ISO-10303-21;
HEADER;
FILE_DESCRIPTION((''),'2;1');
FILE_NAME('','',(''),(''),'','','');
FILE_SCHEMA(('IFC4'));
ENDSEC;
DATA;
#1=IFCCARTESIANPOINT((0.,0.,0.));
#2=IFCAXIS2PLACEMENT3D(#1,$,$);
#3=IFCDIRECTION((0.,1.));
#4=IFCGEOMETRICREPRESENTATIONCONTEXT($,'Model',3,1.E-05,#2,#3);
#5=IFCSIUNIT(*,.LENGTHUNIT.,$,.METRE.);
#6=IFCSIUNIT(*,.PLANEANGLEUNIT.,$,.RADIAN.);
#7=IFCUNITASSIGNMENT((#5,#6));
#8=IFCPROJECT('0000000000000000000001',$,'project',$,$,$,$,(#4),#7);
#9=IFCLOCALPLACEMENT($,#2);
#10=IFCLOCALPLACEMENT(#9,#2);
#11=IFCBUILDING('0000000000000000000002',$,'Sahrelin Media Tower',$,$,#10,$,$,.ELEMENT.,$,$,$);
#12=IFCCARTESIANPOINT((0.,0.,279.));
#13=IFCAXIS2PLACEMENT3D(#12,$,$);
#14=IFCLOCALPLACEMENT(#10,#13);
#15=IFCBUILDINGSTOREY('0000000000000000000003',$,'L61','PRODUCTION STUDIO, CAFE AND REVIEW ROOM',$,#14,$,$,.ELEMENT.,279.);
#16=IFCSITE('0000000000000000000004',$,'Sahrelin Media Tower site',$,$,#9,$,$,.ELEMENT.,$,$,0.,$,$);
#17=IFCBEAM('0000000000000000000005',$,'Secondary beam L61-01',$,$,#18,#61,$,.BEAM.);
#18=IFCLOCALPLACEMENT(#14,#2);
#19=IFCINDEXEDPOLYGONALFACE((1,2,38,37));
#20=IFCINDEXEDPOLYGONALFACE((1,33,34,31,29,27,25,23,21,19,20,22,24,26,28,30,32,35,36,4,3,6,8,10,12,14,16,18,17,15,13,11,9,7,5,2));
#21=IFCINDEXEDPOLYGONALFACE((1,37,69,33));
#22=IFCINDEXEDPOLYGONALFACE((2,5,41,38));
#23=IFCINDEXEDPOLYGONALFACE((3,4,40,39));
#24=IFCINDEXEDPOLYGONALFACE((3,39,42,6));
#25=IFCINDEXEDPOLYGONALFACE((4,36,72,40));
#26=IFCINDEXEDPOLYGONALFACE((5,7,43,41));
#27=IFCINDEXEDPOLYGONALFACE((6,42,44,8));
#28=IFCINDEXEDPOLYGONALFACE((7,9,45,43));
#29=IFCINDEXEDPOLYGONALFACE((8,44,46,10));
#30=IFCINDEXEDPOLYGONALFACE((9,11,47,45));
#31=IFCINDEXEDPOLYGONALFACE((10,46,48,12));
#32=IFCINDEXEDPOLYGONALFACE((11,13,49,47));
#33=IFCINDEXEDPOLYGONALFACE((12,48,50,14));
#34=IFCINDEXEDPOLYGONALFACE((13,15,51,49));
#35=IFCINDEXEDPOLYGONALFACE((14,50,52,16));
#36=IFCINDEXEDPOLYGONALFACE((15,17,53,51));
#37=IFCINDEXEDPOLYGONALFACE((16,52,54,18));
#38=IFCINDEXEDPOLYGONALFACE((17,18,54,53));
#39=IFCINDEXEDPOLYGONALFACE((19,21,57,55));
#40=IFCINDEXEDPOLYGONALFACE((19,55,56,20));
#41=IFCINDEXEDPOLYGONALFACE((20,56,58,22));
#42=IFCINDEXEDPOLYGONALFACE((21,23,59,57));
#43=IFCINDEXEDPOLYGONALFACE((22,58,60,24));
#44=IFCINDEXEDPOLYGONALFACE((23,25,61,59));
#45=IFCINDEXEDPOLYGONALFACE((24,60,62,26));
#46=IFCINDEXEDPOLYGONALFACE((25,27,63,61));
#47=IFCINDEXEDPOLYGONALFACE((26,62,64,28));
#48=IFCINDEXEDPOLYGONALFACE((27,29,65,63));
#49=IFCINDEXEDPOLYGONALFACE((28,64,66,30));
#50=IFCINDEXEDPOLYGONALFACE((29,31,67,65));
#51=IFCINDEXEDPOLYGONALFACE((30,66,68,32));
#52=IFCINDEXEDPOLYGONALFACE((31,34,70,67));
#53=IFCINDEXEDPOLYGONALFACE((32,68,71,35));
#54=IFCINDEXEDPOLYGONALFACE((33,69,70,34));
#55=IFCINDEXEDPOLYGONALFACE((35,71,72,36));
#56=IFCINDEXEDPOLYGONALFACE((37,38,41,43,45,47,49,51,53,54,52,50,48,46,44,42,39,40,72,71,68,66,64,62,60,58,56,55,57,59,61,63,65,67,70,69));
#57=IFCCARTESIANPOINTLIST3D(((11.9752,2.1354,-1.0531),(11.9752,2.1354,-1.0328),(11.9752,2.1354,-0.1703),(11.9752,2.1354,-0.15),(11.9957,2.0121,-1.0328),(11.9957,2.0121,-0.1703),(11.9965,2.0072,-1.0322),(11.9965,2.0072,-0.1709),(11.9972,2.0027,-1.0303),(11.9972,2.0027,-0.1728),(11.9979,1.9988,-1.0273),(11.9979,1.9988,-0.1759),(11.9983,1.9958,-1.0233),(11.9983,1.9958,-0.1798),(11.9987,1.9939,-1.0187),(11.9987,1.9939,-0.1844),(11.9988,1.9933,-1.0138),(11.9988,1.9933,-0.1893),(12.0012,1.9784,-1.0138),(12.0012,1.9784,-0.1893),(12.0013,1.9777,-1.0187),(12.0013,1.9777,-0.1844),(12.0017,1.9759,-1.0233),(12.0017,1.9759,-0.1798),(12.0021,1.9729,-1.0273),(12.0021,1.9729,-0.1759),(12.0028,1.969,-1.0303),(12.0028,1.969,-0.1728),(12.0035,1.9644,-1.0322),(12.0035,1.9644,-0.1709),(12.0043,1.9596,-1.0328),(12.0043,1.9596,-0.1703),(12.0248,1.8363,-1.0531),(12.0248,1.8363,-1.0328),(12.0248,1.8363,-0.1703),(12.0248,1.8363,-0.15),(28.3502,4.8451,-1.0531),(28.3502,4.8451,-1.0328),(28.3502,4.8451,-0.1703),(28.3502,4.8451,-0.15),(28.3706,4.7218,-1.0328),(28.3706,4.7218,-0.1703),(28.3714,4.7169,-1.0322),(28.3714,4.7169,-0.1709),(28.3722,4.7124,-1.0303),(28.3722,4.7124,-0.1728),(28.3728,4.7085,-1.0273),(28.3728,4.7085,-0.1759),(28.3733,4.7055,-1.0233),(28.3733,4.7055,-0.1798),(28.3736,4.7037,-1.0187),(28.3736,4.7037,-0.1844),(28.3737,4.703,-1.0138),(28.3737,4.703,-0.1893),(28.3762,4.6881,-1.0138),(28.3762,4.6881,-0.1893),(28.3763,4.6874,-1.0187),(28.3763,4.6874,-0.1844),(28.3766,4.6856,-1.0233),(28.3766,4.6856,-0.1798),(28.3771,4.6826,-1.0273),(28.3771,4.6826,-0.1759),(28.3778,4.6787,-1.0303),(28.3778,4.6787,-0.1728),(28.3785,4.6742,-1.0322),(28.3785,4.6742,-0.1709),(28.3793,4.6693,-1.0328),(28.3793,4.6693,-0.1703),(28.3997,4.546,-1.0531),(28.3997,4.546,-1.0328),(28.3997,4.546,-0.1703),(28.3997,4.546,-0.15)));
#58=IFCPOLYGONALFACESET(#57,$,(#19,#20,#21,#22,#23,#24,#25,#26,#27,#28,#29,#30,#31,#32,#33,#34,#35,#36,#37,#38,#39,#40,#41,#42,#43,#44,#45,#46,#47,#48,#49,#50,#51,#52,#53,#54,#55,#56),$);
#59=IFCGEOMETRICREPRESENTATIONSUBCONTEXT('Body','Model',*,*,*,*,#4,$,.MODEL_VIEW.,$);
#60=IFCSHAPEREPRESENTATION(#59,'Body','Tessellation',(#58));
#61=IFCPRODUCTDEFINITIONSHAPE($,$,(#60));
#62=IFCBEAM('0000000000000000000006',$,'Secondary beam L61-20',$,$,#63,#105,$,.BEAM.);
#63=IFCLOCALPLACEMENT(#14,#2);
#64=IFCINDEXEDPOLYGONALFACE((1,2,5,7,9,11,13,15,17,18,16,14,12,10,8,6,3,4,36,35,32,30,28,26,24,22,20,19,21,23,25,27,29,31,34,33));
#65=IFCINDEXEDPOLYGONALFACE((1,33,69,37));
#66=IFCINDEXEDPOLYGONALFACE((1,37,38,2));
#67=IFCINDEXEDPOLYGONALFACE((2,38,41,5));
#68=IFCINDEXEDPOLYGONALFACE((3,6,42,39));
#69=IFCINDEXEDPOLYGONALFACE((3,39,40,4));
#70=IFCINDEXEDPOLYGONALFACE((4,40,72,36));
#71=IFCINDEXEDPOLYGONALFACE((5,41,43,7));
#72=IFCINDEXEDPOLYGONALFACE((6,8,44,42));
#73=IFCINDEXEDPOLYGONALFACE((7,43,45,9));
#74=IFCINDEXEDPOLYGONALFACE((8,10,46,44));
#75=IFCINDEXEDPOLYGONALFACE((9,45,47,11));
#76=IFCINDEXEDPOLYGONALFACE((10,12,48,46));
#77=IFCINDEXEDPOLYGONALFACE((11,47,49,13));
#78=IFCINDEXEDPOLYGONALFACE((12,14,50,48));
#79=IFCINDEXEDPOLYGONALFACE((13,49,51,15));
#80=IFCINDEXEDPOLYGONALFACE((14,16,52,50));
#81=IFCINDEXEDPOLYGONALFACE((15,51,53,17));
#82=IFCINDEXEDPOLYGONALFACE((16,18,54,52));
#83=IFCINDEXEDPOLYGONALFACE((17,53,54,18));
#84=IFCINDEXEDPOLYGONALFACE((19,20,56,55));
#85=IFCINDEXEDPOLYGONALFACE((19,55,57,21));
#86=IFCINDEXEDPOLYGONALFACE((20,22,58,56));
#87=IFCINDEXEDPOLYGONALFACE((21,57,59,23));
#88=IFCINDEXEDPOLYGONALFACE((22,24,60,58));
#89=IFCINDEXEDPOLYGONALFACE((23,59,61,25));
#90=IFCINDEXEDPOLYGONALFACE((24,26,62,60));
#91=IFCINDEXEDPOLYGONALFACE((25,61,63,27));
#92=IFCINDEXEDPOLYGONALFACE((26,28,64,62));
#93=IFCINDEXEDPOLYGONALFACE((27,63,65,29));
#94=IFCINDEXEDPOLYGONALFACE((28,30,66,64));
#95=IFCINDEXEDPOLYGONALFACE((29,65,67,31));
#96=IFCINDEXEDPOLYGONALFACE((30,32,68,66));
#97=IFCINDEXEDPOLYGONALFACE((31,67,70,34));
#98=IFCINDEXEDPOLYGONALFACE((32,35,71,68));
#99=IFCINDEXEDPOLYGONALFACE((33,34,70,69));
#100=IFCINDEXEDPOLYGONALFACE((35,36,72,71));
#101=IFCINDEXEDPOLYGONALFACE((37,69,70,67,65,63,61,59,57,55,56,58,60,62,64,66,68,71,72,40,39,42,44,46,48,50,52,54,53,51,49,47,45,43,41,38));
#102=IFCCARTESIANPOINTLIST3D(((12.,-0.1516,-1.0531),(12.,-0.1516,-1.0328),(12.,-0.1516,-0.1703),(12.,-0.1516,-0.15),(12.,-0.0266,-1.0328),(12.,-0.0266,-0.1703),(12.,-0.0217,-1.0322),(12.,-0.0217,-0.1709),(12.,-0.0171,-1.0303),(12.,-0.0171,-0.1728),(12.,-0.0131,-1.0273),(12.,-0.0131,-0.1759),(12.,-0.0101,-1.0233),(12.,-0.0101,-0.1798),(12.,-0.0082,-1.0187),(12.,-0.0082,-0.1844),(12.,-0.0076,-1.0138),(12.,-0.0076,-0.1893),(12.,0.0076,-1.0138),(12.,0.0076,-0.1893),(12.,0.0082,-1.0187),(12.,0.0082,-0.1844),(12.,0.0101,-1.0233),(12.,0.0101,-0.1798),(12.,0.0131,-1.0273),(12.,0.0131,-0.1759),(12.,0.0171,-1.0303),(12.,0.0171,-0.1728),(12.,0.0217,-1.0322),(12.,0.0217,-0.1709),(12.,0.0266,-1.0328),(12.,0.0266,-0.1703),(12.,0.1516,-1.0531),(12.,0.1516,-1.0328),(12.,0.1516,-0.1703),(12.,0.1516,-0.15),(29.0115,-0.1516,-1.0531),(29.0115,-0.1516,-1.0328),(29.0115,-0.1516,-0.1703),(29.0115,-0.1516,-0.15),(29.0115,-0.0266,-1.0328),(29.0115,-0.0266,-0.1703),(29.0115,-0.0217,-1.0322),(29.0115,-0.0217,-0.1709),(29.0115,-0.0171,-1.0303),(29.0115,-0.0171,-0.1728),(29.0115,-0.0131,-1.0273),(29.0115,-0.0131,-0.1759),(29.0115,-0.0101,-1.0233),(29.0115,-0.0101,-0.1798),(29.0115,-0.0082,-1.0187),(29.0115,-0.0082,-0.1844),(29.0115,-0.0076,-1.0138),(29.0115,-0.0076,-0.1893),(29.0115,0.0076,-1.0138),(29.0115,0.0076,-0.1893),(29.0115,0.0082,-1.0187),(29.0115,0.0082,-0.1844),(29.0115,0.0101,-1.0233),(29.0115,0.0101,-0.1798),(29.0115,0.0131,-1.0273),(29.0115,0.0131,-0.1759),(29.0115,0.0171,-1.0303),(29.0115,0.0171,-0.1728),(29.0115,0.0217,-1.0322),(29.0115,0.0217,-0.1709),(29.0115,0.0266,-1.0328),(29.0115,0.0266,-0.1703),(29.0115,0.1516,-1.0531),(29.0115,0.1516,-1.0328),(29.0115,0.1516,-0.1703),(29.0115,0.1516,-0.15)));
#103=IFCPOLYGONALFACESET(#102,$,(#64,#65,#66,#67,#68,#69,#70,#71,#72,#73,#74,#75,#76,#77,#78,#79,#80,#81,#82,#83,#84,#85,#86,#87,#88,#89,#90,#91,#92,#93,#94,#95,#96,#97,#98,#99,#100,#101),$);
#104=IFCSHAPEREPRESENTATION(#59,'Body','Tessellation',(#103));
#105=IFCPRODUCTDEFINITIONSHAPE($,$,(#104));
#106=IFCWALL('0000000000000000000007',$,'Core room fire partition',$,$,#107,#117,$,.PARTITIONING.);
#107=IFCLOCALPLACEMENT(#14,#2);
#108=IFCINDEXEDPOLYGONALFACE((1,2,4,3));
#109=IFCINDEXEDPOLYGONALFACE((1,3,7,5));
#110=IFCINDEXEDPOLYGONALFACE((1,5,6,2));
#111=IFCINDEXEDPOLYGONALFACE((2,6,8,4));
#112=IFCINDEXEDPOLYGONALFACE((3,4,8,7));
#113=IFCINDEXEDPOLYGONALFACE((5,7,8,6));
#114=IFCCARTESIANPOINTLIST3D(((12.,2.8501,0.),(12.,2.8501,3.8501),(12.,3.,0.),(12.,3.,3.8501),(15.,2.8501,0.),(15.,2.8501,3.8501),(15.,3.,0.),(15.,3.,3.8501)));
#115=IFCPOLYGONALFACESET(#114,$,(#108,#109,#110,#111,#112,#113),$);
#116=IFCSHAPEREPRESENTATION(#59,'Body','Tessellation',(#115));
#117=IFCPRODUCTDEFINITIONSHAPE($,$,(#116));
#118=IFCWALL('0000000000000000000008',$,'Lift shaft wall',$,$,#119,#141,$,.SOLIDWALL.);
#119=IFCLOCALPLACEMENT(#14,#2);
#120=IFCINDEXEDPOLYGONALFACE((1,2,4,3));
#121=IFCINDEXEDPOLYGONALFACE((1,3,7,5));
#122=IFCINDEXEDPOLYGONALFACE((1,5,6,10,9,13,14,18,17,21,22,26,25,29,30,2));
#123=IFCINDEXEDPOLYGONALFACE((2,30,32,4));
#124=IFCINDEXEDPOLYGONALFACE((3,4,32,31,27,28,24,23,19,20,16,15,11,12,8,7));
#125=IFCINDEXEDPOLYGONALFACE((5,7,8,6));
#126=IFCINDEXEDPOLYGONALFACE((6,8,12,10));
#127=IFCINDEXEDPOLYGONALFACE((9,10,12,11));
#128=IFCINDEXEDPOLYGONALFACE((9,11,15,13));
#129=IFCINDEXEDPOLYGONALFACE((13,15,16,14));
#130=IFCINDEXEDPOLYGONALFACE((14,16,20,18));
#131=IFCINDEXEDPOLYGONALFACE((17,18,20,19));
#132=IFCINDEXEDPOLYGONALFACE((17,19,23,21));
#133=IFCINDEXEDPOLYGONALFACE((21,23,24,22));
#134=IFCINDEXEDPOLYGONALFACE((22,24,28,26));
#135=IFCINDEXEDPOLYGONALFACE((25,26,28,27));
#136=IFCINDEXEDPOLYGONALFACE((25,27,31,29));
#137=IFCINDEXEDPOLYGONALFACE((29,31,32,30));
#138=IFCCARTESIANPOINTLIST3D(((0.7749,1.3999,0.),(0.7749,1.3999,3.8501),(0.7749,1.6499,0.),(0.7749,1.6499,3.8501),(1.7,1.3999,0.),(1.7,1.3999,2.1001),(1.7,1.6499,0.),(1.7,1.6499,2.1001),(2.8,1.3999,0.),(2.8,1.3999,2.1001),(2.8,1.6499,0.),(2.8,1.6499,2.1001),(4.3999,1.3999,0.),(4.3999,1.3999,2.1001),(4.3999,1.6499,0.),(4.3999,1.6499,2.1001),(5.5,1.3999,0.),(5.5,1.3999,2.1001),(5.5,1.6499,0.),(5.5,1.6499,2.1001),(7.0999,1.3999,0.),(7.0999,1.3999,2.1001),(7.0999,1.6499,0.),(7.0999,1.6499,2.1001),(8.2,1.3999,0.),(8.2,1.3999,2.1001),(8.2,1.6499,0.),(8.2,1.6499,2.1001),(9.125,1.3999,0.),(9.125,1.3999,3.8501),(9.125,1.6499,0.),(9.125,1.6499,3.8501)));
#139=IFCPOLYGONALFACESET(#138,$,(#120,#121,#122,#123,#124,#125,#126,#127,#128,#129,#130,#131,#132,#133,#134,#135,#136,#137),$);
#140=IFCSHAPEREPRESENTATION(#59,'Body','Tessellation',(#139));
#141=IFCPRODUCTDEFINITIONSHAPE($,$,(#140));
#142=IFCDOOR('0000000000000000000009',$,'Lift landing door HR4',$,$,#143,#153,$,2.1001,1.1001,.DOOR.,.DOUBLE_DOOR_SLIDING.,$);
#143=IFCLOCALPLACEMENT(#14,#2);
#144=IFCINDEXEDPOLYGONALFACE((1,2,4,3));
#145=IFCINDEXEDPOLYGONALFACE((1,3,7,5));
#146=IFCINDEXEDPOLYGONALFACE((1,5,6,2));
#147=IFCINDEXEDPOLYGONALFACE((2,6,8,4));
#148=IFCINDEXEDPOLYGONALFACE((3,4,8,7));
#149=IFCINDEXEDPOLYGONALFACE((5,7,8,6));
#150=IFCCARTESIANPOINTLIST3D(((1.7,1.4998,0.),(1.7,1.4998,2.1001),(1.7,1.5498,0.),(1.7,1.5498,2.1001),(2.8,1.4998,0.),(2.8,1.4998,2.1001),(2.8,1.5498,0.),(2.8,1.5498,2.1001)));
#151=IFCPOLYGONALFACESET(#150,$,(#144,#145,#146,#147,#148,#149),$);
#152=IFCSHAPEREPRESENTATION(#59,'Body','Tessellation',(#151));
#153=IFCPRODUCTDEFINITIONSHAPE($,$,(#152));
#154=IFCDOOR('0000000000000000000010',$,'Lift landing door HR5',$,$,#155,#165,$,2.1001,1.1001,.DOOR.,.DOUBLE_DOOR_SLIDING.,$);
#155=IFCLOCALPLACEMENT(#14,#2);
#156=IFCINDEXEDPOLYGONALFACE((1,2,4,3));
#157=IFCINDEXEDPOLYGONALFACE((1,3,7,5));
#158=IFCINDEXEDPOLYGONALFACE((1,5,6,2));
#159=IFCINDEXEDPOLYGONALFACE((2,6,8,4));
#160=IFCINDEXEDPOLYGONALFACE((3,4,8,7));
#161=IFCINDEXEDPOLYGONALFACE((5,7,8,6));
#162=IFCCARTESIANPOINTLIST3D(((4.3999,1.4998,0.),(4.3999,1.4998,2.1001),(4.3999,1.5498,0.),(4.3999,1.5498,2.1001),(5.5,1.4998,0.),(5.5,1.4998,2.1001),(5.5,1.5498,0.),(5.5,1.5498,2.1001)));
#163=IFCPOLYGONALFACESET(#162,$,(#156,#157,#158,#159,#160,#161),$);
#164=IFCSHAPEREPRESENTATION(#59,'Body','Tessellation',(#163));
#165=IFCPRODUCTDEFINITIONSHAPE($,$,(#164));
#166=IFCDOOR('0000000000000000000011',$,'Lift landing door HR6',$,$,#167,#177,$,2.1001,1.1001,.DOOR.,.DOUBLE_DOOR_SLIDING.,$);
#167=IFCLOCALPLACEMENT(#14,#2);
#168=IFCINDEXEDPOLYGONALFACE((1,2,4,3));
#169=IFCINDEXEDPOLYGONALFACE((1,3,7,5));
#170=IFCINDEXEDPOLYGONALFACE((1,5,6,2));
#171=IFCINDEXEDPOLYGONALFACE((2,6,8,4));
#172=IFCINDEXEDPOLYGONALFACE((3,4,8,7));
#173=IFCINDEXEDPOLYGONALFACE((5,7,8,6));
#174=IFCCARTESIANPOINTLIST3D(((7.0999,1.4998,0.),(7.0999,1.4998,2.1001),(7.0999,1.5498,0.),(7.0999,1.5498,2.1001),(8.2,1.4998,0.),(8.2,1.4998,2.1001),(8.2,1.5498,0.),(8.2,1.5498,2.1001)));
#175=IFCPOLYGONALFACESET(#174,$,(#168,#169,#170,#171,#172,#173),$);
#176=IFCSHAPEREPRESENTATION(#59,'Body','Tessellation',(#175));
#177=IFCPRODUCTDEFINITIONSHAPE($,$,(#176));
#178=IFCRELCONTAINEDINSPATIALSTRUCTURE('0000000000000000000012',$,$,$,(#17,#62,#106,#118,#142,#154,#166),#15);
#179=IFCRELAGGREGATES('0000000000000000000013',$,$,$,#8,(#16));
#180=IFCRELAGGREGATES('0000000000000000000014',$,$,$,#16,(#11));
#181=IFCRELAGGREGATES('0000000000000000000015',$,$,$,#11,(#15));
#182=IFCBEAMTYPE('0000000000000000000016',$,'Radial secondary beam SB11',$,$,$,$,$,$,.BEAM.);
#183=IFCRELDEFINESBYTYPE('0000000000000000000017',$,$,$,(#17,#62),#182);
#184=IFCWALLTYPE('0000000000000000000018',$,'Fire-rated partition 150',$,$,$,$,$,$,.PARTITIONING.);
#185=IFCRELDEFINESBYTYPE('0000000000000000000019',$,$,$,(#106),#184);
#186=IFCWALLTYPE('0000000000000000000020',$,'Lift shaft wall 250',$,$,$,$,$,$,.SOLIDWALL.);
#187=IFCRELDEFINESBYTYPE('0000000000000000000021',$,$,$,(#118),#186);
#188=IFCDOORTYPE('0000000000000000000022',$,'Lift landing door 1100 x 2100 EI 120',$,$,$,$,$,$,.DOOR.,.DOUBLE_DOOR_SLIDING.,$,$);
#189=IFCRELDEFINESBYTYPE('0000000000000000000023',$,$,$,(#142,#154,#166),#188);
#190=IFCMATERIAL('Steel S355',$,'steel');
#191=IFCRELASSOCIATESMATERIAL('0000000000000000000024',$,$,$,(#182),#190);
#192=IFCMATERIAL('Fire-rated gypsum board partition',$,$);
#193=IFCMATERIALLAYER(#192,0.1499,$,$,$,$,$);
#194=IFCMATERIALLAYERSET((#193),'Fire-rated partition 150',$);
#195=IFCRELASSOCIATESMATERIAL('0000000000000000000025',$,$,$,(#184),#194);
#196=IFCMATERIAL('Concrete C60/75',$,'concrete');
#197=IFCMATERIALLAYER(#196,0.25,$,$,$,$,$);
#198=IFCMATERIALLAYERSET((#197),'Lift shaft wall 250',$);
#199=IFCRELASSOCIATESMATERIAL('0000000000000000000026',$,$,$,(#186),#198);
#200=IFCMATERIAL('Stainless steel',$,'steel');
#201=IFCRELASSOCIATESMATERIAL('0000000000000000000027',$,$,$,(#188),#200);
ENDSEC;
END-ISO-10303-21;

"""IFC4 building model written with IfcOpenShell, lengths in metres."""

from ifc_helpers import new_model, si_unit, direction, frame, frame_2d, origin, origin_2d, place, context, subcontext, project, spatial, rectangle, i_section, extrude, material, layer, layer_set, material_profile, profile_set, type_object, element, fill, save


model = new_model("IFC4")

# Units and contexts
model_context = context("Model", 3, precision=1e-05, world=origin(), true_north=direction((0.0, 1.0)))
body_context = subcontext(model_context, "Body", "Model", "MODEL_VIEW")
ifc_project = project(units=[si_unit("LENGTHUNIT", "METRE"), si_unit("PLANEANGLEUNIT", "RADIAN")], contexts=[model_context])

# Site, building, storey
site_placement = place(None, origin())
site = spatial("IfcSite", under=ifc_project, at=site_placement, Name="Sahrelin Media Tower site", CompositionType="ELEMENT", RefElevation=0.0)
building_placement = place(site_placement, origin())
building = spatial("IfcBuilding", under=site, at=building_placement, Name="Sahrelin Media Tower", CompositionType="ELEMENT")
storey_placement = place(building_placement, frame((0.0, 0.0, 279.0)))
storey = spatial("IfcBuildingStorey", under=building, at=storey_placement, Name="L61", Description="PRODUCTION STUDIO, CAFE AND REVIEW ROOM", CompositionType="ELEMENT", Elevation=279.0)

# Beams
ifc_material_1 = material(Name="Steel S355", Category="steel")
ifc_material_profile_1 = material_profile(ifc_material_1, i_section(OverallWidth=0.3032, OverallDepth=0.9031, WebThickness=0.0151, FlangeThickness=0.0203, FilletRadius=0.019, at=origin_2d()), Name="UB 914x305x201")
ifc_profile_set_1 = profile_set([ifc_material_profile_1], Name="Steel S355")
beam_type_1 = type_object("IfcBeamType", Name="Radial secondary beam SB11", PredefinedType="BEAM", material=ifc_profile_set_1)
beam_1_placement = place(storey_placement, frame((12.0, 1.9858, -0.6016), z_axis=(0.986583, 0.163259, 0.0), x_axis=(-0.163259, 0.986583, 0.0)))
element("IfcBeam", 1, at=beam_1_placement, inside=storey, type_object=beam_type_1, Name="Secondary beam L61-01", PredefinedType="BEAM", context=body_context, shape_type="SweptSolid", body=[
    extrude(i_section(OverallWidth=0.3032, OverallDepth=0.9031, WebThickness=0.0151, FlangeThickness=0.0203, FilletRadius=0.019, at=origin_2d()), origin(), (0.0, 0.0, 1.0), 16.5977),
])
beam_2_placement = place(storey_placement, frame((12.0, 0.0, -0.6016), z_axis=(1.0, 0.0, 0.0), x_axis=(0.0, 1.0, 0.0)))
element("IfcBeam", 2, at=beam_2_placement, inside=storey, type_object=beam_type_1, Name="Secondary beam L61-20", PredefinedType="BEAM", context=body_context, shape_type="SweptSolid", body=[
    extrude(i_section(OverallWidth=0.3032, OverallDepth=0.9031, WebThickness=0.0151, FlangeThickness=0.0203, FilletRadius=0.019, at=origin_2d()), origin(), (0.0, 0.0, 1.0), 17.0115),
])

# Wall
ifc_material_2 = material(Name="Fire-rated gypsum board partition")
ifc_layer_1 = layer(ifc_material_2, 0.1499)
ifc_layer_set_1 = layer_set([ifc_layer_1], Name="Fire-rated partition 150")
wall_type_1 = type_object("IfcWallType", Name="Fire-rated partition 150", PredefinedType="PARTITIONING", material=ifc_layer_set_1)
wall_1_placement = place(storey_placement, frame((12.0, 2.925, 0.0), z_axis=(0.0, 0.0, 1.0), x_axis=(1.0, 0.0, 0.0)))
element("IfcWall", 3, at=wall_1_placement, inside=storey, type_object=wall_type_1, Name="Core room fire partition", PredefinedType="PARTITIONING", context=body_context, shape_type="SweptSolid", body=[
    extrude(rectangle(XDim=3.0, YDim=0.1499, at=frame_2d((1.5, 0.0))), origin(), (0.0, 0.0, 1.0), 3.8501),
])

# Wall, openings, doors
ifc_material_3 = material(Name="Concrete C60/75", Category="concrete")
ifc_layer_2 = layer(ifc_material_3, 0.25)
ifc_layer_set_2 = layer_set([ifc_layer_2], Name="Lift shaft wall 250")
wall_type_2 = type_object("IfcWallType", Name="Lift shaft wall 250", PredefinedType="SOLIDWALL", material=ifc_layer_set_2)
wall_2_placement = place(storey_placement, frame((0.7749, 1.5249, 0.0), z_axis=(0.0, 0.0, 1.0), x_axis=(1.0, 0.0, 0.0)))
wall_2 = element("IfcWall", 4, at=wall_2_placement, inside=storey, type_object=wall_type_2, Name="Lift shaft wall", PredefinedType="SOLIDWALL", context=body_context, shape_type="SweptSolid", body=[
    extrude(rectangle(XDim=8.3501, YDim=0.25, at=frame_2d((4.175, 0.0))), origin(), (0.0, 0.0, 1.0), 3.8501),
])
opening_1_placement = place(wall_2_placement, frame((0.925, 0.0, 0.0)))
opening_1 = element("IfcOpeningElement", 5, at=opening_1_placement, cuts=wall_2, PredefinedType="OPENING", context=body_context, shape_type="SweptSolid", body=[
    extrude(rectangle(XDim=1.1001, YDim=2.1001, at=frame_2d((0.55, 1.05))), frame((0.0, 0.125, 0.0), z_axis=(0.0, -1.0, 0.0), x_axis=(1.0, 0.0, 0.0)), (0.0, 0.0, 1.0), 0.25),
])
opening_2_placement = place(wall_2_placement, frame((3.625, 0.0, 0.0)))
opening_2 = element("IfcOpeningElement", 6, at=opening_2_placement, cuts=wall_2, PredefinedType="OPENING", context=body_context, shape_type="SweptSolid", body=[
    extrude(rectangle(XDim=1.1001, YDim=2.1001, at=frame_2d((0.55, 1.05))), frame((0.0, 0.125, 0.0), z_axis=(0.0, -1.0, 0.0), x_axis=(1.0, 0.0, 0.0)), (0.0, 0.0, 1.0), 0.25),
])
opening_3_placement = place(wall_2_placement, frame((6.325, 0.0, 0.0)))
opening_3 = element("IfcOpeningElement", 7, at=opening_3_placement, cuts=wall_2, PredefinedType="OPENING", context=body_context, shape_type="SweptSolid", body=[
    extrude(rectangle(XDim=1.1001, YDim=2.1001, at=frame_2d((0.55, 1.05))), frame((0.0, 0.125, 0.0), z_axis=(0.0, -1.0, 0.0), x_axis=(1.0, 0.0, 0.0)), (0.0, 0.0, 1.0), 0.25),
])
ifc_material_4 = material(Name="Stainless steel", Category="steel")
door_type_1 = type_object("IfcDoorType", Name="Lift landing door 1100 x 2100 EI 120", OperationType="DOUBLE_DOOR_SLIDING", PredefinedType="DOOR", material=ifc_material_4)
door_1_placement = place(opening_1_placement, origin())
door_1 = element("IfcDoor", 8, at=door_1_placement, inside=storey, type_object=door_type_1, Name="Lift landing door HR4", OperationType="DOUBLE_DOOR_SLIDING", OverallHeight=2.1001, OverallWidth=1.1001, PredefinedType="DOOR", context=body_context, shape_type="SweptSolid", body=[
    extrude(rectangle(XDim=1.1001, YDim=2.1001, at=frame_2d((0.55, 1.05))), frame((0.0, 0.0249, 0.0), z_axis=(0.0, -1.0, 0.0), x_axis=(1.0, 0.0, 0.0)), (0.0, 0.0, 1.0), 0.05),
])
fill(opening_1, door_1)
door_2_placement = place(opening_2_placement, origin())
door_2 = element("IfcDoor", 9, at=door_2_placement, inside=storey, type_object=door_type_1, Name="Lift landing door HR5", OperationType="DOUBLE_DOOR_SLIDING", OverallHeight=2.1001, OverallWidth=1.1001, PredefinedType="DOOR", context=body_context, shape_type="SweptSolid", body=[
    extrude(rectangle(XDim=1.1001, YDim=2.1001, at=frame_2d((0.55, 1.05))), frame((0.0, 0.0249, 0.0), z_axis=(0.0, -1.0, 0.0), x_axis=(1.0, 0.0, 0.0)), (0.0, 0.0, 1.0), 0.05),
])
fill(opening_2, door_2)
door_3_placement = place(opening_3_placement, origin())
door_3 = element("IfcDoor", 10, at=door_3_placement, inside=storey, type_object=door_type_1, Name="Lift landing door HR6", OperationType="DOUBLE_DOOR_SLIDING", OverallHeight=2.1001, OverallWidth=1.1001, PredefinedType="DOOR", context=body_context, shape_type="SweptSolid", body=[
    extrude(rectangle(XDim=1.1001, YDim=2.1001, at=frame_2d((0.55, 1.05))), frame((0.0, 0.0249, 0.0), z_axis=(0.0, -1.0, 0.0), x_axis=(1.0, 0.0, 0.0)), (0.0, 0.0, 1.0), 0.05),
])
fill(opening_3, door_3)

save(model, "model.ifc")
